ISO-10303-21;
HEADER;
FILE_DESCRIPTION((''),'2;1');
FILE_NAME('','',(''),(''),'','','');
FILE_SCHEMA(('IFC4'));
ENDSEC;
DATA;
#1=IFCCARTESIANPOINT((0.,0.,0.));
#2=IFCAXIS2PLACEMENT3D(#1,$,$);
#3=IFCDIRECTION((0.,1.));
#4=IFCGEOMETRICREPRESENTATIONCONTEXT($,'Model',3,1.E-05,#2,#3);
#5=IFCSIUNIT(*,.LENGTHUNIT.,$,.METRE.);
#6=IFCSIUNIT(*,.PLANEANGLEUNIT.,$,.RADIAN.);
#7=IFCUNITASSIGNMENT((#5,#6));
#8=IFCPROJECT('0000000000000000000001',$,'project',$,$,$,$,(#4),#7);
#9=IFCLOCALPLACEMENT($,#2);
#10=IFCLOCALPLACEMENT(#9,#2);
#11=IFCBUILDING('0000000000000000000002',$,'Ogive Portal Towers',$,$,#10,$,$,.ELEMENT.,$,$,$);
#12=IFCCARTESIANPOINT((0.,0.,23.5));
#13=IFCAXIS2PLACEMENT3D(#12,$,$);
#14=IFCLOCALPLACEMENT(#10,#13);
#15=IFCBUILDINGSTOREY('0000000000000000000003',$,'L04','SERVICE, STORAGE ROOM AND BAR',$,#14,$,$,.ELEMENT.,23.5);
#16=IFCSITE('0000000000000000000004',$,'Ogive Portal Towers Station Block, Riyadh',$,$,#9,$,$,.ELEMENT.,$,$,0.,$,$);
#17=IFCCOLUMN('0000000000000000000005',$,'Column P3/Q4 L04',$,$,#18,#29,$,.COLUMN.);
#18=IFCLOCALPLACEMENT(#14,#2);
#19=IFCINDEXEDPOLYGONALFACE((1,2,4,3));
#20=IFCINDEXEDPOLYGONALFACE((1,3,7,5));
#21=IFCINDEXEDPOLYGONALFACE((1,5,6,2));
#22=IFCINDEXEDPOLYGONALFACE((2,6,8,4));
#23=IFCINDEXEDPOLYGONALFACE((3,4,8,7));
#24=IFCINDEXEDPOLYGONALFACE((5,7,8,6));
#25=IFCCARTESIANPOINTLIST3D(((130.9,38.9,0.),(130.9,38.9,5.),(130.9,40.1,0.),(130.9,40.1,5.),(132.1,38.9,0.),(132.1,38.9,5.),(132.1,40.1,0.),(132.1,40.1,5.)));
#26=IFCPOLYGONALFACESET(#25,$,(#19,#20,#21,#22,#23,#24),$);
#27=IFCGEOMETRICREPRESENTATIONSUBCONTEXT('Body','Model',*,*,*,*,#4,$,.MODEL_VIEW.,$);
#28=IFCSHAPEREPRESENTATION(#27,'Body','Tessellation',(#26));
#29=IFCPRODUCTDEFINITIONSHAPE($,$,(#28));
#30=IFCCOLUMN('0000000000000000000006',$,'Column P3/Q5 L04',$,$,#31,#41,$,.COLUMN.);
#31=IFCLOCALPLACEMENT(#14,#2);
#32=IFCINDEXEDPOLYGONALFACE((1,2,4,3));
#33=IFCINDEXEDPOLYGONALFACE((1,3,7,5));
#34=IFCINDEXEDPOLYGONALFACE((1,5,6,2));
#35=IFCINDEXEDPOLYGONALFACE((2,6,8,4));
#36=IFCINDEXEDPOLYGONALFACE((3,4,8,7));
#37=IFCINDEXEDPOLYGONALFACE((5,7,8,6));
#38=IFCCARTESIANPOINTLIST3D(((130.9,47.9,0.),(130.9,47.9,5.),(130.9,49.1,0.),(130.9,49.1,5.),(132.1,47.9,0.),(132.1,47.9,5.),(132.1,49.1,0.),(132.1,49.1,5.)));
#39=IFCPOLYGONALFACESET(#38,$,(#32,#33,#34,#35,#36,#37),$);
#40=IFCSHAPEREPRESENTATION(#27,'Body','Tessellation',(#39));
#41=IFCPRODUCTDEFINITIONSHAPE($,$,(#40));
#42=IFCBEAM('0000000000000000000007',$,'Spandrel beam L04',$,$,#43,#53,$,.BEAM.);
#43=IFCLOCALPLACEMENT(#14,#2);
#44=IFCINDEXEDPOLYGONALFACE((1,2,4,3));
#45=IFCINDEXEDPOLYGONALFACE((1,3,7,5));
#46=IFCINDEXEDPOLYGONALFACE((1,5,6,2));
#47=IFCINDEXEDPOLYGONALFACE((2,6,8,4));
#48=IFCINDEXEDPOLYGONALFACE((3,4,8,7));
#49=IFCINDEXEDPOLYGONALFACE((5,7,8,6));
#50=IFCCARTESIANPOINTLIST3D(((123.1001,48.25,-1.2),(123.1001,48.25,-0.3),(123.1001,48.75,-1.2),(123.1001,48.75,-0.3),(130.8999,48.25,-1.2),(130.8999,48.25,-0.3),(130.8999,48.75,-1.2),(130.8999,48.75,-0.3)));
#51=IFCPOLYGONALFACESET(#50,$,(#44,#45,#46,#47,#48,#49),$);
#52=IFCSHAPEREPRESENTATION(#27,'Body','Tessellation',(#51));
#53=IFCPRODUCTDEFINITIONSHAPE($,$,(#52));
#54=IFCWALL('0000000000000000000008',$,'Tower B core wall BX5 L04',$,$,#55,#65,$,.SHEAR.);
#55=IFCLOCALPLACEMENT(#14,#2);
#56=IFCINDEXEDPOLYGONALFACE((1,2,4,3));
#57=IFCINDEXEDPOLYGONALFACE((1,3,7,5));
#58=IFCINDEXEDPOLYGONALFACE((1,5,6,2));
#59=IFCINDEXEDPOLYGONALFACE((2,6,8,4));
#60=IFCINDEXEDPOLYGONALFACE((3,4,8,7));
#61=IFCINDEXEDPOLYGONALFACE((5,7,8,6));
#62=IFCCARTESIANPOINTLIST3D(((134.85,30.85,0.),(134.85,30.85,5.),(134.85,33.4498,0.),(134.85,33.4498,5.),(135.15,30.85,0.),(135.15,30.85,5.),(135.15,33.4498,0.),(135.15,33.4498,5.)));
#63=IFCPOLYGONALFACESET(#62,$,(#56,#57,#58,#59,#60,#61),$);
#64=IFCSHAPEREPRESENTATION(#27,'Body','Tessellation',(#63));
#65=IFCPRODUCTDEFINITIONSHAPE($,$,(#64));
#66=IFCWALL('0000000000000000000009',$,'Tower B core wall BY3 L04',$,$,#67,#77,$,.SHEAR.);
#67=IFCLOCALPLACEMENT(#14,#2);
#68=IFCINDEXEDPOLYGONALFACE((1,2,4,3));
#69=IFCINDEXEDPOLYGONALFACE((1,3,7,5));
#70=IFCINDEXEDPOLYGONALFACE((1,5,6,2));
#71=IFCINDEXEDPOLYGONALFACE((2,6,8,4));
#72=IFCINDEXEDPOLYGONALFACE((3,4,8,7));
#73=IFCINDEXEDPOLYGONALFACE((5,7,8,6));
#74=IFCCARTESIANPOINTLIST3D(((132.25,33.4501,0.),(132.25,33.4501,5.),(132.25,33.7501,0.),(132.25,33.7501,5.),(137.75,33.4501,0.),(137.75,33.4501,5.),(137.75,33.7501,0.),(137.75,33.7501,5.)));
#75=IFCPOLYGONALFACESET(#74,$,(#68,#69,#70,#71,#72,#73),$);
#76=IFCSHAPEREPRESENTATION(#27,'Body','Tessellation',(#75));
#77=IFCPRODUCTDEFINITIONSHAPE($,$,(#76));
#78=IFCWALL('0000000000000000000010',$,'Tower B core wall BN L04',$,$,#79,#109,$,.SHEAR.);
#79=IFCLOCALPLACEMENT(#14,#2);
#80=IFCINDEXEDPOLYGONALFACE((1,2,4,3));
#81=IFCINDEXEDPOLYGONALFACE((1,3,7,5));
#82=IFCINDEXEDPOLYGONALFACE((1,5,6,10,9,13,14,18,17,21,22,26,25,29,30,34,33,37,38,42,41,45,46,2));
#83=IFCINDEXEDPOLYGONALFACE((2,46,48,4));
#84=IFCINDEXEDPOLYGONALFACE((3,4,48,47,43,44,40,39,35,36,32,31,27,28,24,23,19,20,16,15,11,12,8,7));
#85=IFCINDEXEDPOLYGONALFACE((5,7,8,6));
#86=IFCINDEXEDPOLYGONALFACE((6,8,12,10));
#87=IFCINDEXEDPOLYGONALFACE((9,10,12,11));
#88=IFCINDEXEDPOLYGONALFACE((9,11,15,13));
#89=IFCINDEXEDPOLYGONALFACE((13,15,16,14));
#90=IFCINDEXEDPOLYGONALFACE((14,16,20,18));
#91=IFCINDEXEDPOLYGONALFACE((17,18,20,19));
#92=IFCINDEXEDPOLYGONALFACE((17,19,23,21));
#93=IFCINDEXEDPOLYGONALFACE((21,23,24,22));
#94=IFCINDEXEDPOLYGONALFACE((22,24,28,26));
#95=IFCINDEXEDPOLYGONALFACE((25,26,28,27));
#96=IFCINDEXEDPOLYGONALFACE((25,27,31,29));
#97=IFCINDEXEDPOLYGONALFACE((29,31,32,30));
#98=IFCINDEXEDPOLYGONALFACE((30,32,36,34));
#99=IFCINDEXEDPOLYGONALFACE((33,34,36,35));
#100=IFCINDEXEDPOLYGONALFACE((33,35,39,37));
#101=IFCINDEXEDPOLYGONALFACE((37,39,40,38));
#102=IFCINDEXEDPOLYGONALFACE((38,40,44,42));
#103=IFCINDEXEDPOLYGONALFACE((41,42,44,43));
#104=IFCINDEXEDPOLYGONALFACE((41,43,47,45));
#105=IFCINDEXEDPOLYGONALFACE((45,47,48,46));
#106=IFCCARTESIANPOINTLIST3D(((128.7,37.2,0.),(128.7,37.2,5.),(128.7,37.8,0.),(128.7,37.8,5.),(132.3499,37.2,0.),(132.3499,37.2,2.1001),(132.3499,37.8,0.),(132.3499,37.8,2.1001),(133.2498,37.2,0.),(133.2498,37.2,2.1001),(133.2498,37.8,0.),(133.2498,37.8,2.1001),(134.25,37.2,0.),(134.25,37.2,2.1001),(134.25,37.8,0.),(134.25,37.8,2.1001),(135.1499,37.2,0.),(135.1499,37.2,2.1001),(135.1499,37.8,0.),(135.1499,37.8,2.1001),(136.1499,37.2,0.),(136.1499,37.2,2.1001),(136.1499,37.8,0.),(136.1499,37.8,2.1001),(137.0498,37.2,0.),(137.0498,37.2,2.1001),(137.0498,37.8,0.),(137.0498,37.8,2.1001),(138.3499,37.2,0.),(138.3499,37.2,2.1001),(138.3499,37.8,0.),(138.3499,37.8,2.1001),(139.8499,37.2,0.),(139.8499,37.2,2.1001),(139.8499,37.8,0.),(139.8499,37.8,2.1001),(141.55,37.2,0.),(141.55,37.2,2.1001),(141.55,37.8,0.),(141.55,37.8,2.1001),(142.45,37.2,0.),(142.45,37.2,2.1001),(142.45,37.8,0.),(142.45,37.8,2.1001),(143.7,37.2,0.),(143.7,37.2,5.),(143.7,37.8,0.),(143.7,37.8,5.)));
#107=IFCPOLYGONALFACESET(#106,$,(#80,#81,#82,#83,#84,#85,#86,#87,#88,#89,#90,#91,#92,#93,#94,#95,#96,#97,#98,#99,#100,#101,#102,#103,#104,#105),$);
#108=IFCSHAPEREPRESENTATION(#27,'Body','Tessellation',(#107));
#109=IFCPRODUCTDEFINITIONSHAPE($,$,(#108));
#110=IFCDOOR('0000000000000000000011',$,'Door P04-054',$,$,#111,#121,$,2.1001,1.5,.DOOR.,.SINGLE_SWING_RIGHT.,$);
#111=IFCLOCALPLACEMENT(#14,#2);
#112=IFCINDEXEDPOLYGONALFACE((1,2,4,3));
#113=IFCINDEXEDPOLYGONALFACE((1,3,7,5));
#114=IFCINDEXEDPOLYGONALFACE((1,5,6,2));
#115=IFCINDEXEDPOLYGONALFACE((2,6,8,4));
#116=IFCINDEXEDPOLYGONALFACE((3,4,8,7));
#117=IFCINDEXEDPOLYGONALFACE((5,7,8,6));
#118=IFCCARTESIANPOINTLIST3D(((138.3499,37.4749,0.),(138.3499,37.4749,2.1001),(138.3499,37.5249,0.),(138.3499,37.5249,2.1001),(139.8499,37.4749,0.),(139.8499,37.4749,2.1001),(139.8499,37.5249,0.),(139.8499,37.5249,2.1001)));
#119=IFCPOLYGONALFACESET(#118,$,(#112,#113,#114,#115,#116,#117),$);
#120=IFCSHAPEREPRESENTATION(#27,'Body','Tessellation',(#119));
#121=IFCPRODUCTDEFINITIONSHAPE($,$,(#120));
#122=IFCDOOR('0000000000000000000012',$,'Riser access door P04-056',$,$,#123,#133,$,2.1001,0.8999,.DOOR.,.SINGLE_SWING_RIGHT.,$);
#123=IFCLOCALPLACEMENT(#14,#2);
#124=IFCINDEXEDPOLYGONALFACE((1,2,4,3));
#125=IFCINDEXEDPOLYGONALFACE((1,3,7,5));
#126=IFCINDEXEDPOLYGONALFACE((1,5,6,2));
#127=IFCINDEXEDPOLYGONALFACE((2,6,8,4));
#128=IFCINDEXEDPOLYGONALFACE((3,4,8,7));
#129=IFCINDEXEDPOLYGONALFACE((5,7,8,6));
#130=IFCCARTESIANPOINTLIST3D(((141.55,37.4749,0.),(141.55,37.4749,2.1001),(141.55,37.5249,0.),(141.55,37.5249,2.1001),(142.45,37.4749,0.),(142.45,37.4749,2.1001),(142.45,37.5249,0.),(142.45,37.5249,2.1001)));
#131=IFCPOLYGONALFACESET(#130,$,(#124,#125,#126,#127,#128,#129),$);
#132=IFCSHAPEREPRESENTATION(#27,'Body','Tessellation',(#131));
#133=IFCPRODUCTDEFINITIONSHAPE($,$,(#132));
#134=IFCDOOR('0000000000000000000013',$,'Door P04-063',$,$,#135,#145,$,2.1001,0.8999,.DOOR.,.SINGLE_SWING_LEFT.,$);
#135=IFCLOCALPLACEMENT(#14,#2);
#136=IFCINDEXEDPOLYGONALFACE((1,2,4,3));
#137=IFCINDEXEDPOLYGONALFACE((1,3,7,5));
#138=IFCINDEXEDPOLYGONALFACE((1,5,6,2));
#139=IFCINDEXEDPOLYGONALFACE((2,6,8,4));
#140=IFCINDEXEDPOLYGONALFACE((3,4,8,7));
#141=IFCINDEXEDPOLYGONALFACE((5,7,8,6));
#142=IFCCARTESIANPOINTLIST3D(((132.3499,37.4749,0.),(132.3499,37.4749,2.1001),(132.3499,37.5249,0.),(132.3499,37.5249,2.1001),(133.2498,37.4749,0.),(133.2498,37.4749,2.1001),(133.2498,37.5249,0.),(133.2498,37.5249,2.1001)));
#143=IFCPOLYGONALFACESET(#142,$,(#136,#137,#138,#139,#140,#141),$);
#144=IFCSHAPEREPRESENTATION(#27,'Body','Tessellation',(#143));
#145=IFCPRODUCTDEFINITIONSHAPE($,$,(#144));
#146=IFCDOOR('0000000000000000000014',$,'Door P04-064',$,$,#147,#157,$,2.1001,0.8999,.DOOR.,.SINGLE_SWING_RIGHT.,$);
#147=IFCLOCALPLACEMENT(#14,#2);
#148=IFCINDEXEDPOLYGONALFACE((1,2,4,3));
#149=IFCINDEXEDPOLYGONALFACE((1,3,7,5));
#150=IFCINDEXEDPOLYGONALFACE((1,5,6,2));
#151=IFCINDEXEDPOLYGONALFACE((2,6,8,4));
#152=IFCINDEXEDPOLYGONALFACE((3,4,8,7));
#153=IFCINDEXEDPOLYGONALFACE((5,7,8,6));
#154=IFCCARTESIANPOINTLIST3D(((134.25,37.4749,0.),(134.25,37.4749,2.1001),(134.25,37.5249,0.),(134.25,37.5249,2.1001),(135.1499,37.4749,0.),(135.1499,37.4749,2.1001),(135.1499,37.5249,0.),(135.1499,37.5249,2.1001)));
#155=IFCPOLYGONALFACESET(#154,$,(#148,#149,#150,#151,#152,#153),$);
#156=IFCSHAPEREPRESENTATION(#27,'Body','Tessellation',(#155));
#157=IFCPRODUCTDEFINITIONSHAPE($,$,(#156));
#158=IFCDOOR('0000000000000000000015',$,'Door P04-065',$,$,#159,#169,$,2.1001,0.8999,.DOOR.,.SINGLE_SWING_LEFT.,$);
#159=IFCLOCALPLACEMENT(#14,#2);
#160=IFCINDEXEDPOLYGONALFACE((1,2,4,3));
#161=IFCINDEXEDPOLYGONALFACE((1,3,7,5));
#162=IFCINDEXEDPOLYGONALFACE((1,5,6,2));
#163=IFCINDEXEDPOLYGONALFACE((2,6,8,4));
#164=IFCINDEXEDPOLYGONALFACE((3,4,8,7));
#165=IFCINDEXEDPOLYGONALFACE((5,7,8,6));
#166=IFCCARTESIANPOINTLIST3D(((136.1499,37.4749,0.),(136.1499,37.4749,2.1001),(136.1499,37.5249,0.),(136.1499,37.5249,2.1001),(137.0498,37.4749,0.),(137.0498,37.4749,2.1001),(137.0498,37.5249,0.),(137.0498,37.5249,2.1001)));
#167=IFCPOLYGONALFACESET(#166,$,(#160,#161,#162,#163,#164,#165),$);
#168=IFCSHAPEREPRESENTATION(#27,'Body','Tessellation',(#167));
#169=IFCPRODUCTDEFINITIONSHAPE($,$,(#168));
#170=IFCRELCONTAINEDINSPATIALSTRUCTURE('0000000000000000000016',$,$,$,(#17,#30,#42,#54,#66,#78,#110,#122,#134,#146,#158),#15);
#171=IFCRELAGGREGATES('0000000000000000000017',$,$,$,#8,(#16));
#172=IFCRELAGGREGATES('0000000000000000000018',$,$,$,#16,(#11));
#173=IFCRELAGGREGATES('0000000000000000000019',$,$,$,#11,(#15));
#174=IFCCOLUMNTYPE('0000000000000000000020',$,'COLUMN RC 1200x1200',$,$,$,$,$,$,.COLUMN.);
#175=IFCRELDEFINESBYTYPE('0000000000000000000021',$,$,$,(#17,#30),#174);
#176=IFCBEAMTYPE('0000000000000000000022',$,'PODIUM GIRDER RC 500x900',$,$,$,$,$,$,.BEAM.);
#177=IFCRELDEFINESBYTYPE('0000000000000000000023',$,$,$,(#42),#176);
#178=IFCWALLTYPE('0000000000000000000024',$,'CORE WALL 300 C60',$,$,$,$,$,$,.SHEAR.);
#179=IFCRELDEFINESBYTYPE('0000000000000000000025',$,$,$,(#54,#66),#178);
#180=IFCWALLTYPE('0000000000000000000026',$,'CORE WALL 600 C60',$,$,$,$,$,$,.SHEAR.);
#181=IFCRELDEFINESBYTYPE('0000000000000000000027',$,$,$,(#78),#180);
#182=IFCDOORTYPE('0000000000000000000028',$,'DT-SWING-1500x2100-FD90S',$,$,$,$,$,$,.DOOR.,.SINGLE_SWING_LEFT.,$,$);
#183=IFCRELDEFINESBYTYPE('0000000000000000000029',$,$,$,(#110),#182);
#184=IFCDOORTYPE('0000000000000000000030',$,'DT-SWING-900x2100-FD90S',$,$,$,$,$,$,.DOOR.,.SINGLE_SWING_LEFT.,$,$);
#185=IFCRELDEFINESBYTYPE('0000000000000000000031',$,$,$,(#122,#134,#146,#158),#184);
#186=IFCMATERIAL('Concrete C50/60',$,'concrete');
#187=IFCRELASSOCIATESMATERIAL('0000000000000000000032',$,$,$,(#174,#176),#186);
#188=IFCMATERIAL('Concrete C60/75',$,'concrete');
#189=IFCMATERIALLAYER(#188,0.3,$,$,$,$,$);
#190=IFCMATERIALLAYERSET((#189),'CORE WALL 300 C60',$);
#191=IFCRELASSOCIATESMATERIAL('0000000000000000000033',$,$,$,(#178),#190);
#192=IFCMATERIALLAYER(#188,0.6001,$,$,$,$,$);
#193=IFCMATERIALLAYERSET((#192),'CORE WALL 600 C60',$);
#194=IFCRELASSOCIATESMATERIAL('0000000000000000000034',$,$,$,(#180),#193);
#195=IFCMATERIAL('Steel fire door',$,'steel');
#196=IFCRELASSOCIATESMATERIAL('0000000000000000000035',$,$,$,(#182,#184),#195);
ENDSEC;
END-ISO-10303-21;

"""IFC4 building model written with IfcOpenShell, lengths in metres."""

from ifc_helpers import new_model, si_unit, direction, frame, frame_2d, origin, origin_2d, place, context, subcontext, project, spatial, rectangle, extrude, material, layer, layer_set, material_profile, profile_set, type_object, element, fill, save


model = new_model("IFC4")

# Units and contexts
model_context = context("Model", 3, precision=1e-05, world=origin(), true_north=direction((0.0, 1.0)))
body_context = subcontext(model_context, "Body", "Model", "MODEL_VIEW")
ifc_project = project(units=[si_unit("LENGTHUNIT", "METRE"), si_unit("PLANEANGLEUNIT", "RADIAN")], contexts=[model_context])

# Site, building, storey
site_placement = place(None, origin())
site = spatial("IfcSite", under=ifc_project, at=site_placement, Name="Ogive Portal Towers Station Block, Riyadh", CompositionType="ELEMENT", RefElevation=0.0)
building_placement = place(site_placement, origin())
building = spatial("IfcBuilding", under=site, at=building_placement, Name="Ogive Portal Towers", CompositionType="ELEMENT")
storey_placement = place(building_placement, frame((0.0, 0.0, 23.5)))
storey = spatial("IfcBuildingStorey", under=building, at=storey_placement, Name="L04", Description="SERVICE, STORAGE ROOM AND BAR", CompositionType="ELEMENT", Elevation=23.5)

# Columns
ifc_material_1 = material(Name="Concrete C50/60", Category="concrete")
ifc_material_profile_1 = material_profile(ifc_material_1, rectangle(XDim=1.2, YDim=1.2, at=origin_2d()), Name="RC 1200x1200")
ifc_profile_set_1 = profile_set([ifc_material_profile_1], Name="Concrete C50/60")
column_type = type_object("IfcColumnType", Name="COLUMN RC 1200x1200", PredefinedType="COLUMN", material=ifc_profile_set_1)
for number, where, z_axis, x_axis, name in (
    (1, (131.5, 39.5, 0.0), (0.0, 0.0, 1.0), (1.0, 0.0, 0.0), "Column P3/Q4 L04"),
    (2, (131.5, 48.5, 0.0), (0.0, 0.0, 1.0), (1.0, 0.0, 0.0), "Column P3/Q5 L04"),
):
    element("IfcColumn", number, at=place(storey_placement, frame(where, z_axis=z_axis, x_axis=x_axis)), inside=storey, type_object=column_type, Name=name, PredefinedType="COLUMN", context=body_context, shape_type="SweptSolid", body=[
        extrude(rectangle(XDim=1.2, YDim=1.2, at=origin_2d()), origin(), (0.0, 0.0, 1.0), 5.0),
    ])

# Beam
ifc_material_profile_2 = material_profile(ifc_material_1, rectangle(XDim=0.5, YDim=0.8999, at=origin_2d()), Name="RC 500x900")
ifc_profile_set_2 = profile_set([ifc_material_profile_2], Name="Concrete C50/60")
beam_type = type_object("IfcBeamType", Name="PODIUM GIRDER RC 500x900", PredefinedType="BEAM", material=ifc_profile_set_2)
beam_placement = place(storey_placement, frame((130.8999, 48.5, -0.75), z_axis=(-1.0, 0.0, 0.0), x_axis=(0.0, -1.0, 0.0)))
element("IfcBeam", 3, at=beam_placement, inside=storey, type_object=beam_type, Name="Spandrel beam L04", PredefinedType="BEAM", context=body_context, shape_type="SweptSolid", body=[
    extrude(rectangle(XDim=0.5, YDim=0.8999, at=origin_2d()), origin(), (0.0, 0.0, 1.0), 7.7998),
])

# Walls
ifc_material_2 = material(Name="Concrete C60/75", Category="concrete")
ifc_layer_1 = layer(ifc_material_2, 0.3)
ifc_layer_set_1 = layer_set([ifc_layer_1], Name="CORE WALL 300 C60")
wall_type_1 = type_object("IfcWallType", Name="CORE WALL 300 C60", PredefinedType="SHEAR", material=ifc_layer_set_1)
wall_1_placement = place(storey_placement, frame((135.0, 30.8501, 0.0), z_axis=(0.0, 0.0, 1.0), x_axis=(0.0, 1.0, 0.0)))
element("IfcWall", 4, at=wall_1_placement, inside=storey, type_object=wall_type_1, Name="Tower B core wall BX5 L04", PredefinedType="SHEAR", context=body_context, shape_type="SweptSolid", body=[
    extrude(rectangle(XDim=2.5999, YDim=0.3, at=frame_2d((1.2998, 0.0))), origin(), (0.0, 0.0, 1.0), 5.0),
])
wall_2_placement = place(storey_placement, frame((132.25, 33.6001, 0.0), z_axis=(0.0, 0.0, 1.0), x_axis=(1.0, 0.0, 0.0)))
element("IfcWall", 5, at=wall_2_placement, inside=storey, type_object=wall_type_1, Name="Tower B core wall BY3 L04", PredefinedType="SHEAR", context=body_context, shape_type="SweptSolid", body=[
    extrude(rectangle(XDim=5.5, YDim=0.3, at=frame_2d((2.75, 0.0))), origin(), (0.0, 0.0, 1.0), 5.0),
])

# Wall, openings, doors
ifc_layer_2 = layer(ifc_material_2, 0.6001)
ifc_layer_set_2 = layer_set([ifc_layer_2], Name="CORE WALL 600 C60")
wall_type_2 = type_object("IfcWallType", Name="CORE WALL 600 C60", PredefinedType="SHEAR", material=ifc_layer_set_2)
wall_3_placement = place(storey_placement, frame((128.7, 37.5, 0.0), z_axis=(0.0, 0.0, 1.0), x_axis=(1.0, 0.0, 0.0)))
wall_3 = element("IfcWall", 6, at=wall_3_placement, inside=storey, type_object=wall_type_2, Name="Tower B core wall BN L04", PredefinedType="SHEAR", context=body_context, shape_type="SweptSolid", body=[
    extrude(rectangle(XDim=15.0, YDim=0.6001, at=frame_2d((7.5, 0.0))), origin(), (0.0, 0.0, 1.0), 5.0),
])
opening_1_placement = place(wall_3_placement, frame((9.6499, 0.0, 0.0)))
opening_1 = element("IfcOpeningElement", 7, at=opening_1_placement, cuts=wall_3, PredefinedType="OPENING", context=body_context, shape_type="SweptSolid", body=[
    extrude(rectangle(XDim=1.5, YDim=2.1001, at=frame_2d((0.75, 1.05))), frame((0.0, 0.3101, 0.0), z_axis=(0.0, -1.0, 0.0), x_axis=(1.0, 0.0, 0.0)), (0.0, 0.0, 1.0), 0.6201),
])
opening_2_placement = place(wall_3_placement, frame((12.8501, 0.0, 0.0)))
opening_2 = element("IfcOpeningElement", 8, at=opening_2_placement, cuts=wall_3, PredefinedType="OPENING", context=body_context, shape_type="SweptSolid", body=[
    extrude(rectangle(XDim=0.8999, YDim=2.1001, at=frame_2d((0.45, 1.05))), frame((0.0, 0.3101, 0.0), z_axis=(0.0, -1.0, 0.0), x_axis=(1.0, 0.0, 0.0)), (0.0, 0.0, 1.0), 0.6201),
])
opening_3_placement = place(wall_3_placement, frame((3.6499, 0.0, 0.0)))
opening_3 = element("IfcOpeningElement", 9, at=opening_3_placement, cuts=wall_3, PredefinedType="OPENING", context=body_context, shape_type="SweptSolid", body=[
    extrude(rectangle(XDim=0.8999, YDim=2.1001, at=frame_2d((0.45, 1.05))), frame((0.0, 0.3101, 0.0), z_axis=(0.0, -1.0, 0.0), x_axis=(1.0, 0.0, 0.0)), (0.0, 0.0, 1.0), 0.6201),
])
opening_4_placement = place(wall_3_placement, frame((5.55, 0.0, 0.0)))
opening_4 = element("IfcOpeningElement", 10, at=opening_4_placement, cuts=wall_3, PredefinedType="OPENING", context=body_context, shape_type="SweptSolid", body=[
    extrude(rectangle(XDim=0.8999, YDim=2.1001, at=frame_2d((0.45, 1.05))), frame((0.0, 0.3101, 0.0), z_axis=(0.0, -1.0, 0.0), x_axis=(1.0, 0.0, 0.0)), (0.0, 0.0, 1.0), 0.6201),
])
opening_5_placement = place(wall_3_placement, frame((7.45, 0.0, 0.0)))
opening_5 = element("IfcOpeningElement", 11, at=opening_5_placement, cuts=wall_3, PredefinedType="OPENING", context=body_context, shape_type="SweptSolid", body=[
    extrude(rectangle(XDim=0.8999, YDim=2.1001, at=frame_2d((0.45, 1.05))), frame((0.0, 0.3101, 0.0), z_axis=(0.0, -1.0, 0.0), x_axis=(1.0, 0.0, 0.0)), (0.0, 0.0, 1.0), 0.6201),
])
ifc_material_3 = material(Name="Steel fire door", Category="steel")
door_type_1 = type_object("IfcDoorType", Name="DT-SWING-1500x2100-FD90S", OperationType="SINGLE_SWING_LEFT", PredefinedType="DOOR", material=ifc_material_3)
door_1_placement = place(opening_1_placement, origin())
door_1 = element("IfcDoor", 12, at=door_1_placement, inside=storey, type_object=door_type_1, Name="Door P04-054", OperationType="SINGLE_SWING_RIGHT", OverallHeight=2.1001, OverallWidth=1.5, PredefinedType="DOOR", context=body_context, shape_type="SweptSolid", body=[
    extrude(rectangle(XDim=1.5, YDim=2.1001, at=frame_2d((0.75, 1.05))), frame((0.0, 0.0249, 0.0), z_axis=(0.0, -1.0, 0.0), x_axis=(1.0, 0.0, 0.0)), (0.0, 0.0, 1.0), 0.05),
])
fill(opening_1, door_1)
door_type_2 = type_object("IfcDoorType", Name="DT-SWING-900x2100-FD90S", OperationType="SINGLE_SWING_LEFT", PredefinedType="DOOR", material=ifc_material_3)
door_2_placement = place(opening_2_placement, origin())
door_2 = element("IfcDoor", 13, at=door_2_placement, inside=storey, type_object=door_type_2, Name="Riser access door P04-056", OperationType="SINGLE_SWING_RIGHT", OverallHeight=2.1001, OverallWidth=0.8999, PredefinedType="DOOR", context=body_context, shape_type="SweptSolid", body=[
    extrude(rectangle(XDim=0.8999, YDim=2.1001, at=frame_2d((0.45, 1.05))), frame((0.0, 0.0249, 0.0), z_axis=(0.0, -1.0, 0.0), x_axis=(1.0, 0.0, 0.0)), (0.0, 0.0, 1.0), 0.05),
])
fill(opening_2, door_2)
door_3_placement = place(opening_3_placement, origin())
door_3 = element("IfcDoor", 14, at=door_3_placement, inside=storey, type_object=door_type_2, Name="Door P04-063", OperationType="SINGLE_SWING_LEFT", OverallHeight=2.1001, OverallWidth=0.8999, PredefinedType="DOOR", context=body_context, shape_type="SweptSolid", body=[
    extrude(rectangle(XDim=0.8999, YDim=2.1001, at=frame_2d((0.45, 1.05))), frame((0.0, 0.0249, 0.0), z_axis=(0.0, -1.0, 0.0), x_axis=(1.0, 0.0, 0.0)), (0.0, 0.0, 1.0), 0.05),
])
fill(opening_3, door_3)
door_4_placement = place(opening_4_placement, origin())
door_4 = element("IfcDoor", 15, at=door_4_placement, inside=storey, type_object=door_type_2, Name="Door P04-064", OperationType="SINGLE_SWING_RIGHT", OverallHeight=2.1001, OverallWidth=0.8999, PredefinedType="DOOR", context=body_context, shape_type="SweptSolid", body=[
    extrude(rectangle(XDim=0.8999, YDim=2.1001, at=frame_2d((0.45, 1.05))), frame((0.0, 0.0249, 0.0), z_axis=(0.0, -1.0, 0.0), x_axis=(1.0, 0.0, 0.0)), (0.0, 0.0, 1.0), 0.05),
])
fill(opening_4, door_4)
door_5_placement = place(opening_5_placement, origin())
door_5 = element("IfcDoor", 16, at=door_5_placement, inside=storey, type_object=door_type_2, Name="Door P04-065", OperationType="SINGLE_SWING_LEFT", OverallHeight=2.1001, OverallWidth=0.8999, PredefinedType="DOOR", context=body_context, shape_type="SweptSolid", body=[
    extrude(rectangle(XDim=0.8999, YDim=2.1001, at=frame_2d((0.45, 1.05))), frame((0.0, 0.0249, 0.0), z_axis=(0.0, -1.0, 0.0), x_axis=(1.0, 0.0, 0.0)), (0.0, 0.0, 1.0), 0.05),
])
fill(opening_5, door_5)

save(model, "model.ifc")
